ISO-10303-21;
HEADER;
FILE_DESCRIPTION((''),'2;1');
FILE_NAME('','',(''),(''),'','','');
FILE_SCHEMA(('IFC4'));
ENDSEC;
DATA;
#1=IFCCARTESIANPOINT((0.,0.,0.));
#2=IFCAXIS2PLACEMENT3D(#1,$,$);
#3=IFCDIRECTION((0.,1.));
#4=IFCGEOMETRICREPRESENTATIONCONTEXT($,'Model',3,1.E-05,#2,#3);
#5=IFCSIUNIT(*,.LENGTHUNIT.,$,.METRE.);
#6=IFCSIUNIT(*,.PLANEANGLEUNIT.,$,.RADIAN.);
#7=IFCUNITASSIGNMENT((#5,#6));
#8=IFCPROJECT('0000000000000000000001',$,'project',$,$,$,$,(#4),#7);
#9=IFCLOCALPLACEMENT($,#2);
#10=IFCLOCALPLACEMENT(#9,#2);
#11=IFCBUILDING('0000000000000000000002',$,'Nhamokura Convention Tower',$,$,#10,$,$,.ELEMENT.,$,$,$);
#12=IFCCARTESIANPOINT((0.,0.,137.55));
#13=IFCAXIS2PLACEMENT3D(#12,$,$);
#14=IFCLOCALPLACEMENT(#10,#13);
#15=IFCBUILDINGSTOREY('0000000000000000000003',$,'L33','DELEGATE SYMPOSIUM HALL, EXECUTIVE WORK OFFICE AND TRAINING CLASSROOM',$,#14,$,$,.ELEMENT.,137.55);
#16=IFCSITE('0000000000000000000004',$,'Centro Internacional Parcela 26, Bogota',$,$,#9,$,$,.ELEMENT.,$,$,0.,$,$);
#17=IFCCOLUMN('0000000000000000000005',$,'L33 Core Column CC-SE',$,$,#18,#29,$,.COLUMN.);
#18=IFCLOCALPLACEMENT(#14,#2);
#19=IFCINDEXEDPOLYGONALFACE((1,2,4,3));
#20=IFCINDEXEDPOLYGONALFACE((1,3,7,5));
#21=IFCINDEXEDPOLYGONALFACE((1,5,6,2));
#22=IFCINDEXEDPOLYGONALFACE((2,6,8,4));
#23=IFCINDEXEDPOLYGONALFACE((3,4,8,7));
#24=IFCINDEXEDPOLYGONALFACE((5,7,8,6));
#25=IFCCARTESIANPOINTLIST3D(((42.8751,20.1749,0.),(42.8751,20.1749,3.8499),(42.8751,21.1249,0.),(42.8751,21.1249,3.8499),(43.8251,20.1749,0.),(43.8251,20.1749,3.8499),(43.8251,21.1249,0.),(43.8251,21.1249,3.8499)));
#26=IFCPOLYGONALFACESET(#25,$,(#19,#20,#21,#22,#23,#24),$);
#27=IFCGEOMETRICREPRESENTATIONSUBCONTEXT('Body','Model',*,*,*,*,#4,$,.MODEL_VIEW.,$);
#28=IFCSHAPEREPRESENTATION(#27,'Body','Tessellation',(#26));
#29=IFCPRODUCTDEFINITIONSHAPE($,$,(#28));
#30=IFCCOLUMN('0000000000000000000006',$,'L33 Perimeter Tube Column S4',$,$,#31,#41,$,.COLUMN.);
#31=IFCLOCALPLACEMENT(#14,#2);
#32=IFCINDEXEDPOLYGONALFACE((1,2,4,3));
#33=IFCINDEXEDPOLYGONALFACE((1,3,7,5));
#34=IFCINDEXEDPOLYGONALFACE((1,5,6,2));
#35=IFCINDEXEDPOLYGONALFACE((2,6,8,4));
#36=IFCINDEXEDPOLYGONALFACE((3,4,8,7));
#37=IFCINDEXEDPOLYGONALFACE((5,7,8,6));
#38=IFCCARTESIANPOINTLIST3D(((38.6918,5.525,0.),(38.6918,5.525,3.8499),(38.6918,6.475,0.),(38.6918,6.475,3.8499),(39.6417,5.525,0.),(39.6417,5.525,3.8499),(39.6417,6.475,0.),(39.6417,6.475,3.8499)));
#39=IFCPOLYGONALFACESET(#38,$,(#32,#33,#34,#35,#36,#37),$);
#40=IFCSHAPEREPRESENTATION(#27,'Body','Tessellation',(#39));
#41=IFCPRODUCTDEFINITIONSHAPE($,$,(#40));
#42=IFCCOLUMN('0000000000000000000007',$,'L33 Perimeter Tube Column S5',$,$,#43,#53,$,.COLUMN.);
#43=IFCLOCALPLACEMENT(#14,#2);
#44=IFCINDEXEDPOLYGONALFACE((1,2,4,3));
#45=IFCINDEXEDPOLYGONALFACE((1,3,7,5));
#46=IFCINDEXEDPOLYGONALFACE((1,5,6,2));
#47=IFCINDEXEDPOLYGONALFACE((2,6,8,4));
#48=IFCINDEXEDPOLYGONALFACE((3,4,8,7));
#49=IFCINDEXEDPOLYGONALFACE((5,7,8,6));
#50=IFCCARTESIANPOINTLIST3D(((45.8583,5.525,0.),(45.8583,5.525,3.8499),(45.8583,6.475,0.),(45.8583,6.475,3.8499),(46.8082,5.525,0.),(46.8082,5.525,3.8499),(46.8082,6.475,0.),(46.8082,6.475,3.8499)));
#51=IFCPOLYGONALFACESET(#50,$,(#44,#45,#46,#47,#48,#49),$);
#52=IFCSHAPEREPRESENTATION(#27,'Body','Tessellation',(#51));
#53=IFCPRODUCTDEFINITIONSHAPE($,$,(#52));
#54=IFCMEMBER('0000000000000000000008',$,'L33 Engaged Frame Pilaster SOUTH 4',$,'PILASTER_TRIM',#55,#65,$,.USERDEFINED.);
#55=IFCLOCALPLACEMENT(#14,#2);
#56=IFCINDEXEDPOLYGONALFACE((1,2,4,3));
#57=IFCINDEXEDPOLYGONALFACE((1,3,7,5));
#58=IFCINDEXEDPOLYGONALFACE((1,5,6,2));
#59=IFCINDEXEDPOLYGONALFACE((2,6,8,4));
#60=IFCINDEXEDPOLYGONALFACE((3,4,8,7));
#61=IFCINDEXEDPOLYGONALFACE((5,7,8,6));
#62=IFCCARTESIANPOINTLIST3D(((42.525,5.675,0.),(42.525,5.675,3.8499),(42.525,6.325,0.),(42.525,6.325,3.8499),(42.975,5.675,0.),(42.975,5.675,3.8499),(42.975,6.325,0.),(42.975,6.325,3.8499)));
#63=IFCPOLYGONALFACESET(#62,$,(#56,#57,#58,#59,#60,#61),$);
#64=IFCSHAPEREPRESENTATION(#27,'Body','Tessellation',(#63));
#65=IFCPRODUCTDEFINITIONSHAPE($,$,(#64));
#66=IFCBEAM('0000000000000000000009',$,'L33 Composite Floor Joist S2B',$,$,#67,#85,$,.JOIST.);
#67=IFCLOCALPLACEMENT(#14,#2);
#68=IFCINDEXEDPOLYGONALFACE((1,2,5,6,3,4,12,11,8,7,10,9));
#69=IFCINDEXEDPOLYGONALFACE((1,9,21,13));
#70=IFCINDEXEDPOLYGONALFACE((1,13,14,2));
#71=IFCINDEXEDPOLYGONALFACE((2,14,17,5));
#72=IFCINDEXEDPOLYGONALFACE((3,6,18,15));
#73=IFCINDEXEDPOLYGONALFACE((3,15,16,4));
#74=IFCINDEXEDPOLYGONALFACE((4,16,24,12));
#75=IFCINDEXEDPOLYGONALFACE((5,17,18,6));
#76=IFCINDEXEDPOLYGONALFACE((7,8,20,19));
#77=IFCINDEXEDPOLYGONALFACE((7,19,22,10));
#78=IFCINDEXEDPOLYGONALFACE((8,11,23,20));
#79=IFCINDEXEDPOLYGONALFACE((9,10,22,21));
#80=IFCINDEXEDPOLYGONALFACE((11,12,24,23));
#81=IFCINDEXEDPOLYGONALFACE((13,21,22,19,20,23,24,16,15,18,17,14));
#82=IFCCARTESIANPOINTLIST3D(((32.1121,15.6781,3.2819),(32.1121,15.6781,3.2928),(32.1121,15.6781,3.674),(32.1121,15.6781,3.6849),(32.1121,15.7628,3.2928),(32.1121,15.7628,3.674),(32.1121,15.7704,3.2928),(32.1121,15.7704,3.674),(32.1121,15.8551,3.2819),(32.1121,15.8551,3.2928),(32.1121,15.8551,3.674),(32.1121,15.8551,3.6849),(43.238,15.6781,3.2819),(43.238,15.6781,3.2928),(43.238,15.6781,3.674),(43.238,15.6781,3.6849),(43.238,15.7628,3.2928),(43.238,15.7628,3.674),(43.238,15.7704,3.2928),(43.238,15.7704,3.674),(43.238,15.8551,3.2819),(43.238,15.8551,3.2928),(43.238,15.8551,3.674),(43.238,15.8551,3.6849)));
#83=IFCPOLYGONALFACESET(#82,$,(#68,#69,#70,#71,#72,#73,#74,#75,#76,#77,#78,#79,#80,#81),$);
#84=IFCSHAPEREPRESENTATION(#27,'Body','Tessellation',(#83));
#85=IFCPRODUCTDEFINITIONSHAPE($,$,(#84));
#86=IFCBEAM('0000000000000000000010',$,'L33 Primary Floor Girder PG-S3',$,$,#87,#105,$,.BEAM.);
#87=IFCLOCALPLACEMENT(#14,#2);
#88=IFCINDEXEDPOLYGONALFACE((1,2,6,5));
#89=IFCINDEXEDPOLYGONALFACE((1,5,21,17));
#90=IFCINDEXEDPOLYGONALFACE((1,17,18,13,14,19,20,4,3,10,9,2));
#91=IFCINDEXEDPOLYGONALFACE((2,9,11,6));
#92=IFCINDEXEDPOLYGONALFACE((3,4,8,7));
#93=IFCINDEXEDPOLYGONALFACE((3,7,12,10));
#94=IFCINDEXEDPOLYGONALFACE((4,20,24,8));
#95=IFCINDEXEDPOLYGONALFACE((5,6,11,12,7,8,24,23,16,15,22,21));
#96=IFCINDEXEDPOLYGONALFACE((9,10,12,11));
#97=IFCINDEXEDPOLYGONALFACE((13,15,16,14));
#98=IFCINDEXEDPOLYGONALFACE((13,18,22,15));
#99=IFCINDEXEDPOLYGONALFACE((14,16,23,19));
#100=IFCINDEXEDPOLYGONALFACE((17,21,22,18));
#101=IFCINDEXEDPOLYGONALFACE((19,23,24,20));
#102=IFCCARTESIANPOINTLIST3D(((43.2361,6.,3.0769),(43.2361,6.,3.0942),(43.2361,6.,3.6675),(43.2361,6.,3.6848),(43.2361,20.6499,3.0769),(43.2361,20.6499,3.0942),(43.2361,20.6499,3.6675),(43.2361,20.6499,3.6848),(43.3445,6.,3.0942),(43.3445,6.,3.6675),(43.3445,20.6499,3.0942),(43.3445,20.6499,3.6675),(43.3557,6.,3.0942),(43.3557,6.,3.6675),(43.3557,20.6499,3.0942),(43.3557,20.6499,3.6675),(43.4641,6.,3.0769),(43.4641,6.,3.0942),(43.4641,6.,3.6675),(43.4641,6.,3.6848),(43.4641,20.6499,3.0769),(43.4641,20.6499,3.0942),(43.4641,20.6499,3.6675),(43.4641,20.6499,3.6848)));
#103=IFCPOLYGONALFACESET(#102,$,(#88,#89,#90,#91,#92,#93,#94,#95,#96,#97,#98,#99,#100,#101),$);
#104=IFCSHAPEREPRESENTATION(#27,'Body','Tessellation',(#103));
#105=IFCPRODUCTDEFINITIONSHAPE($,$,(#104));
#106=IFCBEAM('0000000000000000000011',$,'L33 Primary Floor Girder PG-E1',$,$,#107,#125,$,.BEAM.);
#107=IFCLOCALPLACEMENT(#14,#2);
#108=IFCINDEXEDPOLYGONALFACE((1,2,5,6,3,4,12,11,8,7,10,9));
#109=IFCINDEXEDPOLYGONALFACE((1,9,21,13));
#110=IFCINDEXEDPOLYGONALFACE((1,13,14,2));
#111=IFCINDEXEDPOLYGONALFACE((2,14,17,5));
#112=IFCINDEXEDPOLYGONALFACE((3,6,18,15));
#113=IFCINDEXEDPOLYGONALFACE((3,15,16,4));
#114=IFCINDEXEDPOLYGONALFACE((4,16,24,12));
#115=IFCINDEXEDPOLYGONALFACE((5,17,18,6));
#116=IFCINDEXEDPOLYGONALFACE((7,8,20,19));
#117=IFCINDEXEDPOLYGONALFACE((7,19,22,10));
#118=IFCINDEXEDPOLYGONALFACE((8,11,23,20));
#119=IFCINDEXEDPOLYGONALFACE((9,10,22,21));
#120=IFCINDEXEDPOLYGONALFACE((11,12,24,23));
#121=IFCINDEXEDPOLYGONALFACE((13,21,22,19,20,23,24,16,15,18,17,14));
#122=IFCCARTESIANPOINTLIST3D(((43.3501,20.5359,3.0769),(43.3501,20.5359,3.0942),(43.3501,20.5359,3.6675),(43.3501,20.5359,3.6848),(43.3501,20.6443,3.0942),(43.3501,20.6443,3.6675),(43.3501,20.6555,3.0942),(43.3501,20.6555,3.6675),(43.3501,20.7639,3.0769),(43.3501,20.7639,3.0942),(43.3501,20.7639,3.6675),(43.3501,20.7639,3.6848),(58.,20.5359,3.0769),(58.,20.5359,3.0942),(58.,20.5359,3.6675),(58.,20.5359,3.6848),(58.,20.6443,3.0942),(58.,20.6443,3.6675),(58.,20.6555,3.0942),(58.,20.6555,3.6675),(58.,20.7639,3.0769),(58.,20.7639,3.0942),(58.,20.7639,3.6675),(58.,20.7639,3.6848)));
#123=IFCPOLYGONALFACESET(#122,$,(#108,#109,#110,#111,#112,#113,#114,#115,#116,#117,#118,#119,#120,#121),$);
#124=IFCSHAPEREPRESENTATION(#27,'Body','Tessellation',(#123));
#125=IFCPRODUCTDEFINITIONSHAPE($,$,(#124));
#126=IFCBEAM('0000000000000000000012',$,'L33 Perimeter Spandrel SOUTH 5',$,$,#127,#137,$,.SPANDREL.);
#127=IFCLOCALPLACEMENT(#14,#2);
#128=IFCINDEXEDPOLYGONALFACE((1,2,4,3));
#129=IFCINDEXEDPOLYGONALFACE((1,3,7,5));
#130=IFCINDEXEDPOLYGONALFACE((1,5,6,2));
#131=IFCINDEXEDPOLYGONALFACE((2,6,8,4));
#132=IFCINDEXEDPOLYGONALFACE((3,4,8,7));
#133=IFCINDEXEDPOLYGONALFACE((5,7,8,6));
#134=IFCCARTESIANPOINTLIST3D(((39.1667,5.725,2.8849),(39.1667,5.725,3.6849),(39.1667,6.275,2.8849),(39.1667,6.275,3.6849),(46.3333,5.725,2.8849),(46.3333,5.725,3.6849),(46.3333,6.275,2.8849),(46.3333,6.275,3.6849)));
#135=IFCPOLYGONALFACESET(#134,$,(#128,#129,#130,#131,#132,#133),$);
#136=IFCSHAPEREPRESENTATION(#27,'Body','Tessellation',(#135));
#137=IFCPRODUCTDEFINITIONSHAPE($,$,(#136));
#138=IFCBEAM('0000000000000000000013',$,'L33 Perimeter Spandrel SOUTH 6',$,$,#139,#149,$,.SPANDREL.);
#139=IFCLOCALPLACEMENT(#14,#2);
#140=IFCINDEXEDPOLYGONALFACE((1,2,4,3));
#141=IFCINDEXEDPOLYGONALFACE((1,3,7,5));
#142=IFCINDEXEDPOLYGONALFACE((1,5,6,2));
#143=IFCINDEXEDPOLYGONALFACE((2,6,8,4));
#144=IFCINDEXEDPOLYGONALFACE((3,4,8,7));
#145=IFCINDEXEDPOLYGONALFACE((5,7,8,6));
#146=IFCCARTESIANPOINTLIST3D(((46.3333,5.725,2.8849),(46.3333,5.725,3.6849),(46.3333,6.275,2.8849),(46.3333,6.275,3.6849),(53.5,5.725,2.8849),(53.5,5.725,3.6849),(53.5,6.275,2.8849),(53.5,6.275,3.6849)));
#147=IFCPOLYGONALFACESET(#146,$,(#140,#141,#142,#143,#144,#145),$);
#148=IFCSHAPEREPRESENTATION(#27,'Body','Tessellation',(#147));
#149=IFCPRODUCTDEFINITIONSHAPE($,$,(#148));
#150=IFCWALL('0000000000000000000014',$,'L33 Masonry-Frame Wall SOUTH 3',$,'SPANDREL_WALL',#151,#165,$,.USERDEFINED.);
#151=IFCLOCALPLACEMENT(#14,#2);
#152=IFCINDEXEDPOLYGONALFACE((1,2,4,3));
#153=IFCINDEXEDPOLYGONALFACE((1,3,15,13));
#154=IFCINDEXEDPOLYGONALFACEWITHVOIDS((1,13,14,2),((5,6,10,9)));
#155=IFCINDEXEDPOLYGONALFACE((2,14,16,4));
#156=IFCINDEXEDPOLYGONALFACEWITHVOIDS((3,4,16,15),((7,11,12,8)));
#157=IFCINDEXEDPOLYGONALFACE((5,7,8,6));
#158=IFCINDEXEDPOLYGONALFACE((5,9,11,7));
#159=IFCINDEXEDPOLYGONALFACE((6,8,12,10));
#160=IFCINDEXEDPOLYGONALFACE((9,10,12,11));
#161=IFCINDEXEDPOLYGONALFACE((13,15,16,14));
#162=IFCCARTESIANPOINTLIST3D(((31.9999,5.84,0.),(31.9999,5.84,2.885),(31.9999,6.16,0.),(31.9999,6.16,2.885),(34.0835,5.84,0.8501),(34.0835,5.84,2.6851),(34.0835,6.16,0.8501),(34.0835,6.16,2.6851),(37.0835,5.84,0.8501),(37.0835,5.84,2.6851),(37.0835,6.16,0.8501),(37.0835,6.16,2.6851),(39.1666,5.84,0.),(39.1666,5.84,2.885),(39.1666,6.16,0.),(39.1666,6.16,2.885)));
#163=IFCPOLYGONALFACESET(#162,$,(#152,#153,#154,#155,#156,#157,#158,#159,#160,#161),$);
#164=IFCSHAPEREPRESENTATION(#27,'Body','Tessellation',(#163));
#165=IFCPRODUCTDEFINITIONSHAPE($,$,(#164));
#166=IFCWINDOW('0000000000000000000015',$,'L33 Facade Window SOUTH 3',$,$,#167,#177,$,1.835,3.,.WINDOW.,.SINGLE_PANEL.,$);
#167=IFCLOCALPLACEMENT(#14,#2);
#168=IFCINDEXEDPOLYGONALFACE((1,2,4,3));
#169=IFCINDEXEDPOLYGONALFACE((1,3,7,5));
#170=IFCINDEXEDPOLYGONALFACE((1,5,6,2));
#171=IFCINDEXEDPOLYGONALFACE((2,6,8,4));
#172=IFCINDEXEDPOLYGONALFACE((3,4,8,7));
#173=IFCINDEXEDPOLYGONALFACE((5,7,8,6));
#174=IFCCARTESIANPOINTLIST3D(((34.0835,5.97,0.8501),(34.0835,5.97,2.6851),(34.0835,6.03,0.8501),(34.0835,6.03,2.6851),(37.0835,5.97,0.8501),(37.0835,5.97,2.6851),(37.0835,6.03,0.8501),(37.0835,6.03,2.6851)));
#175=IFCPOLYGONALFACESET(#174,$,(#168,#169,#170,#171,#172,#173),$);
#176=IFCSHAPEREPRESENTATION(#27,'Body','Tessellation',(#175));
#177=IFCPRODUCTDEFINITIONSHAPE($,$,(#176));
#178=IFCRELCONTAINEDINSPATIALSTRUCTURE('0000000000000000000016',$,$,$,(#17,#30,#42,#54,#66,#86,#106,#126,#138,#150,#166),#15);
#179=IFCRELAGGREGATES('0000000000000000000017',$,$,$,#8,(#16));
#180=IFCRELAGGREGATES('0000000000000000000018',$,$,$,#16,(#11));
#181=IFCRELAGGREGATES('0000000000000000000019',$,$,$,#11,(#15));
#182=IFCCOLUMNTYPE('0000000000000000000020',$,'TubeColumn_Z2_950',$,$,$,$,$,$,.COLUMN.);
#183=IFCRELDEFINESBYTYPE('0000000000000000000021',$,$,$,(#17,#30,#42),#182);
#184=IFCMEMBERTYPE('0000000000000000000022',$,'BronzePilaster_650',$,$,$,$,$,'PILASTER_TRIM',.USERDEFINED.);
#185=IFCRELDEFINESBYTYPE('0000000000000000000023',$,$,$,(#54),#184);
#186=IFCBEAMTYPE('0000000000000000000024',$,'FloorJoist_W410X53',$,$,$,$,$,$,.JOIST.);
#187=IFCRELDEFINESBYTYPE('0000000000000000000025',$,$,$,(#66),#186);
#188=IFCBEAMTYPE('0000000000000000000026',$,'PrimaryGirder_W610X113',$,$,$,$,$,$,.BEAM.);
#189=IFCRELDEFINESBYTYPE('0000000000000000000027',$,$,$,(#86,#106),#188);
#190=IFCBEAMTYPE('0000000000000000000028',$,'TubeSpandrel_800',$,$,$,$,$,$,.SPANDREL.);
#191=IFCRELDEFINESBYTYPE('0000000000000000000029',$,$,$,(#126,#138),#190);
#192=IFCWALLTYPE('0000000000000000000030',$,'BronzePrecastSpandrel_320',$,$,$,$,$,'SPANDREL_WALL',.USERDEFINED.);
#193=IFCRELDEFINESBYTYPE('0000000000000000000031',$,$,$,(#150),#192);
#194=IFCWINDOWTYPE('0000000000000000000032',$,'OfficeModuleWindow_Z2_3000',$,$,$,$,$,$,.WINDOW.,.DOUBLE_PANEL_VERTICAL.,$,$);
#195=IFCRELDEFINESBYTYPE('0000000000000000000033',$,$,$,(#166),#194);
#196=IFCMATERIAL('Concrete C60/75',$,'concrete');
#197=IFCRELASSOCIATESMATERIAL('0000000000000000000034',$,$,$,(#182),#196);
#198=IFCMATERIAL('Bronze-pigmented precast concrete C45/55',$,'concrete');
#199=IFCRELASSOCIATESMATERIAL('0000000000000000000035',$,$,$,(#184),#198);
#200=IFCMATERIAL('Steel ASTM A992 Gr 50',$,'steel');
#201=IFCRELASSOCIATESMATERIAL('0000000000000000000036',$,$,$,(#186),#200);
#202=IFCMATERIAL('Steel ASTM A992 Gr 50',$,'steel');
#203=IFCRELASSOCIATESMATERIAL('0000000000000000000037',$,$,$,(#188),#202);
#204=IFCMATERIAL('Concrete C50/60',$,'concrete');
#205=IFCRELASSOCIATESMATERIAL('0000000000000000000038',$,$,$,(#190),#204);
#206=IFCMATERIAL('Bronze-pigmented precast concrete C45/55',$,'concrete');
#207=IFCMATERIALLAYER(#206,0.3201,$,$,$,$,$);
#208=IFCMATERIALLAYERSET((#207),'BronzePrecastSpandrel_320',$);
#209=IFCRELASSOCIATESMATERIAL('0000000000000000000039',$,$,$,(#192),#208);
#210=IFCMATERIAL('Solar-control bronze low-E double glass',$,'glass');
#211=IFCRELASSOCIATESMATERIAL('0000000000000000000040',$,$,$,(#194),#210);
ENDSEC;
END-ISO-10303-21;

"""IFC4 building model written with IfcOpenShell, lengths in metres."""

from ifc_helpers import new_model, si_unit, direction, frame, frame_2d, origin, origin_2d, place, context, subcontext, project, spatial, rectangle, i_section, extrude, material, layer, layer_set, material_profile, profile_set, type_object, element, fill, save


model = new_model("IFC4")

# Units and contexts
model_context = context("Model", 3, precision=1e-05, world=origin(), true_north=direction((0.0, 1.0)))
body_context = subcontext(model_context, "Body", "Model", "MODEL_VIEW")
ifc_project = project(units=[si_unit("LENGTHUNIT", "METRE"), si_unit("PLANEANGLEUNIT", "RADIAN")], contexts=[model_context])

# Site, building, storey
site_placement = place(None, origin())
site = spatial("IfcSite", under=ifc_project, at=site_placement, Name="Centro Internacional Parcela 26, Bogota", CompositionType="ELEMENT", RefElevation=0.0)
building_placement = place(site_placement, origin())
building = spatial("IfcBuilding", under=site, at=building_placement, Name="Nhamokura Convention Tower", CompositionType="ELEMENT")
storey_placement = place(building_placement, frame((0.0, 0.0, 137.55)))
storey = spatial("IfcBuildingStorey", under=building, at=storey_placement, Name="L33", Description="DELEGATE SYMPOSIUM HALL, EXECUTIVE WORK OFFICE AND TRAINING CLASSROOM", CompositionType="ELEMENT", Elevation=137.55)

# Columns
ifc_material_1 = material(Name="Concrete C60/75", Category="concrete")
ifc_material_profile_1 = material_profile(ifc_material_1, rectangle(XDim=0.95, YDim=0.95, at=origin_2d()))
ifc_profile_set_1 = profile_set([ifc_material_profile_1], Name="Concrete C60/75")
column_type = type_object("IfcColumnType", Name="TubeColumn_Z2_950", PredefinedType="COLUMN", material=ifc_profile_set_1)
for number, where, z_axis, x_axis, name in (
    (1, (43.3501, 20.6499, 0.0), (0.0, 0.0, 1.0), (1.0, 0.0, 0.0), "L33 Core Column CC-SE"),
    (2, (39.1667, 6.0, 0.0), (0.0, 0.0, 1.0), (1.0, 0.0, 0.0), "L33 Perimeter Tube Column S4"),
    (3, (46.3333, 6.0, 0.0), (0.0, 0.0, 1.0), (1.0, 0.0, 0.0), "L33 Perimeter Tube Column S5"),
):
    element("IfcColumn", number, at=place(storey_placement, frame(where, z_axis=z_axis, x_axis=x_axis)), inside=storey, type_object=column_type, Name=name, PredefinedType="COLUMN", context=body_context, shape_type="SweptSolid", body=[
        extrude(rectangle(XDim=0.95, YDim=0.95, at=origin_2d()), origin(), (0.0, 0.0, 1.0), 3.8499),
    ])

# Member
ifc_material_2 = material(Name="Bronze-pigmented precast concrete C45/55", Category="concrete")
ifc_material_profile_2 = material_profile(ifc_material_2, rectangle(XDim=0.45, YDim=0.6499, at=origin_2d()))
ifc_profile_set_2 = profile_set([ifc_material_profile_2], Name="Bronze-pigmented precast concrete C45/55")
member_type = type_object("IfcMemberType", Name="BronzePilaster_650", ElementType="PILASTER_TRIM", PredefinedType="USERDEFINED", material=ifc_profile_set_2)
member_placement = place(storey_placement, frame((42.75, 6.0, 0.0), z_axis=(0.0, 0.0, 1.0), x_axis=(1.0, 0.0, 0.0)))
element("IfcMember", 4, at=member_placement, inside=storey, type_object=member_type, Name="L33 Engaged Frame Pilaster SOUTH 4", ObjectType="PILASTER_TRIM", PredefinedType="USERDEFINED", context=body_context, shape_type="SweptSolid", body=[
    extrude(rectangle(XDim=0.45, YDim=0.6499, at=origin_2d()), origin(), (0.0, 0.0, 1.0), 3.8499),
])

# Beams
ifc_material_3 = material(Name="Steel ASTM A992 Gr 50", Category="steel")
ifc_material_profile_3 = material_profile(ifc_material_3, i_section(OverallWidth=0.177, OverallDepth=0.4031, WebThickness=0.0076, FlangeThickness=0.011, at=origin_2d()))
ifc_profile_set_3 = profile_set([ifc_material_profile_3], Name="Steel ASTM A992 Gr 50")
beam_type_1 = type_object("IfcBeamType", Name="FloorJoist_W410X53", PredefinedType="JOIST", material=ifc_profile_set_3)
beam_1_placement = place(storey_placement, frame((32.1121, 15.7666, 3.4834), z_axis=(1.0, 0.0, 0.0), x_axis=(0.0, 1.0, 0.0)))
element("IfcBeam", 5, at=beam_1_placement, inside=storey, type_object=beam_type_1, Name="L33 Composite Floor Joist S2B", PredefinedType="JOIST", context=body_context, shape_type="SweptSolid", body=[
    extrude(i_section(OverallWidth=0.177, OverallDepth=0.4031, WebThickness=0.0076, FlangeThickness=0.011, at=origin_2d()), origin(), (0.0, 0.0, 1.0), 11.126),
])
ifc_material_4 = material(Name="Steel ASTM A992 Gr 50", Category="steel")
ifc_material_profile_4 = material_profile(ifc_material_4, i_section(OverallWidth=0.228, OverallDepth=0.6079, WebThickness=0.0112, FlangeThickness=0.0173, at=origin_2d()))
ifc_profile_set_4 = profile_set([ifc_material_profile_4], Name="Steel ASTM A992 Gr 50")
beam_type_2 = type_object("IfcBeamType", Name="PrimaryGirder_W610X113", PredefinedType="BEAM", material=ifc_profile_set_4)
for number, where, z_axis, x_axis, name in (
    (6, (43.3501, 6.0, 3.3809), (0.0, 1.0, 0.0), (-1.0, 0.0, 0.0), "L33 Primary Floor Girder PG-S3"),
    (7, (43.3501, 20.6499, 3.3809), (1.0, 0.0, 0.0), (0.0, 1.0, 0.0), "L33 Primary Floor Girder PG-E1"),
):
    element("IfcBeam", number, at=place(storey_placement, frame(where, z_axis=z_axis, x_axis=x_axis)), inside=storey, type_object=beam_type_2, Name=name, PredefinedType="BEAM", context=body_context, shape_type="SweptSolid", body=[
        extrude(i_section(OverallWidth=0.228, OverallDepth=0.6079, WebThickness=0.0112, FlangeThickness=0.0173, at=origin_2d()), origin(), (0.0, 0.0, 1.0), 14.6499),
    ])
ifc_material_5 = material(Name="Concrete C50/60", Category="concrete")
ifc_material_profile_5 = material_profile(ifc_material_5, rectangle(XDim=0.55, YDim=0.8, at=origin_2d()))
ifc_profile_set_5 = profile_set([ifc_material_profile_5], Name="Concrete C50/60")
beam_type_3 = type_object("IfcBeamType", Name="TubeSpandrel_800", PredefinedType="SPANDREL", material=ifc_profile_set_5)
beam_2_placement = place(storey_placement, frame((39.1667, 6.0, 3.2849), z_axis=(1.0, 0.0, 0.0), x_axis=(0.0, 1.0, 0.0)))
element("IfcBeam", 8, at=beam_2_placement, inside=storey, type_object=beam_type_3, Name="L33 Perimeter Spandrel SOUTH 5", PredefinedType="SPANDREL", context=body_context, shape_type="SweptSolid", body=[
    extrude(rectangle(XDim=0.55, YDim=0.8, at=origin_2d()), origin(), (0.0, 0.0, 1.0), 7.1665),
])
beam_3_placement = place(storey_placement, frame((46.3333, 6.0, 3.2849), z_axis=(1.0, 0.0, 0.0), x_axis=(0.0, 1.0, 0.0)))
element("IfcBeam", 9, at=beam_3_placement, inside=storey, type_object=beam_type_3, Name="L33 Perimeter Spandrel SOUTH 6", PredefinedType="SPANDREL", context=body_context, shape_type="SweptSolid", body=[
    extrude(rectangle(XDim=0.55, YDim=0.8, at=origin_2d()), origin(), (0.0, 0.0, 1.0), 7.1667),
])

# Wall, opening, window
ifc_material_6 = material(Name="Bronze-pigmented precast concrete C45/55", Category="concrete")
ifc_layer_1 = layer(ifc_material_6, 0.3201)
ifc_layer_set_1 = layer_set([ifc_layer_1], Name="BronzePrecastSpandrel_320")
wall_type_1 = type_object("IfcWallType", Name="BronzePrecastSpandrel_320", ElementType="SPANDREL_WALL", PredefinedType="USERDEFINED", material=ifc_layer_set_1)
wall_1_placement = place(storey_placement, frame((39.1667, 6.0, 0.0), z_axis=(0.0, 0.0, 1.0), x_axis=(-1.0, 0.0, 0.0)))
wall_1 = element("IfcWall", 10, at=wall_1_placement, inside=storey, type_object=wall_type_1, Name="L33 Masonry-Frame Wall SOUTH 3", ObjectType="SPANDREL_WALL", PredefinedType="USERDEFINED", context=body_context, shape_type="SweptSolid", body=[
    extrude(rectangle(XDim=7.1667, YDim=0.3201, at=frame_2d((3.5835, 0.0))), origin(), (0.0, 0.0, 1.0), 2.885),
])
opening_1_placement = place(wall_1_placement, frame((2.0833, 0.0, 0.8501)))
opening_1 = element("IfcOpeningElement", 11, at=opening_1_placement, cuts=wall_1, PredefinedType="OPENING", context=body_context, shape_type="SweptSolid", body=[
    extrude(rectangle(XDim=3.0, YDim=1.835, at=frame_2d((1.5, 0.9175))), frame((0.0, 0.1699, 0.0), z_axis=(0.0, -1.0, 0.0), x_axis=(1.0, 0.0, 0.0)), (0.0, 0.0, 1.0), 0.3401),
])
ifc_material_7 = material(Name="Solar-control bronze low-E double glass", Category="glass")
window_type = type_object("IfcWindowType", Name="OfficeModuleWindow_Z2_3000", PartitioningType="DOUBLE_PANEL_VERTICAL", PredefinedType="WINDOW", material=ifc_material_7)
window_placement = place(opening_1_placement, origin())
window = element("IfcWindow", 12, at=window_placement, inside=storey, type_object=window_type, Name="L33 Facade Window SOUTH 3", OverallHeight=1.835, OverallWidth=3.0, PartitioningType="SINGLE_PANEL", PredefinedType="WINDOW", context=body_context, shape_type="SweptSolid", body=[
    extrude(rectangle(XDim=3.0, YDim=1.835, at=frame_2d((1.5, 0.9175))), frame((0.0, 0.03, 0.0), z_axis=(0.0, -1.0, 0.0), x_axis=(1.0, 0.0, 0.0)), (0.0, 0.0, 1.0), 0.0601),
])
fill(opening_1, window)

save(model, "model.ifc")
